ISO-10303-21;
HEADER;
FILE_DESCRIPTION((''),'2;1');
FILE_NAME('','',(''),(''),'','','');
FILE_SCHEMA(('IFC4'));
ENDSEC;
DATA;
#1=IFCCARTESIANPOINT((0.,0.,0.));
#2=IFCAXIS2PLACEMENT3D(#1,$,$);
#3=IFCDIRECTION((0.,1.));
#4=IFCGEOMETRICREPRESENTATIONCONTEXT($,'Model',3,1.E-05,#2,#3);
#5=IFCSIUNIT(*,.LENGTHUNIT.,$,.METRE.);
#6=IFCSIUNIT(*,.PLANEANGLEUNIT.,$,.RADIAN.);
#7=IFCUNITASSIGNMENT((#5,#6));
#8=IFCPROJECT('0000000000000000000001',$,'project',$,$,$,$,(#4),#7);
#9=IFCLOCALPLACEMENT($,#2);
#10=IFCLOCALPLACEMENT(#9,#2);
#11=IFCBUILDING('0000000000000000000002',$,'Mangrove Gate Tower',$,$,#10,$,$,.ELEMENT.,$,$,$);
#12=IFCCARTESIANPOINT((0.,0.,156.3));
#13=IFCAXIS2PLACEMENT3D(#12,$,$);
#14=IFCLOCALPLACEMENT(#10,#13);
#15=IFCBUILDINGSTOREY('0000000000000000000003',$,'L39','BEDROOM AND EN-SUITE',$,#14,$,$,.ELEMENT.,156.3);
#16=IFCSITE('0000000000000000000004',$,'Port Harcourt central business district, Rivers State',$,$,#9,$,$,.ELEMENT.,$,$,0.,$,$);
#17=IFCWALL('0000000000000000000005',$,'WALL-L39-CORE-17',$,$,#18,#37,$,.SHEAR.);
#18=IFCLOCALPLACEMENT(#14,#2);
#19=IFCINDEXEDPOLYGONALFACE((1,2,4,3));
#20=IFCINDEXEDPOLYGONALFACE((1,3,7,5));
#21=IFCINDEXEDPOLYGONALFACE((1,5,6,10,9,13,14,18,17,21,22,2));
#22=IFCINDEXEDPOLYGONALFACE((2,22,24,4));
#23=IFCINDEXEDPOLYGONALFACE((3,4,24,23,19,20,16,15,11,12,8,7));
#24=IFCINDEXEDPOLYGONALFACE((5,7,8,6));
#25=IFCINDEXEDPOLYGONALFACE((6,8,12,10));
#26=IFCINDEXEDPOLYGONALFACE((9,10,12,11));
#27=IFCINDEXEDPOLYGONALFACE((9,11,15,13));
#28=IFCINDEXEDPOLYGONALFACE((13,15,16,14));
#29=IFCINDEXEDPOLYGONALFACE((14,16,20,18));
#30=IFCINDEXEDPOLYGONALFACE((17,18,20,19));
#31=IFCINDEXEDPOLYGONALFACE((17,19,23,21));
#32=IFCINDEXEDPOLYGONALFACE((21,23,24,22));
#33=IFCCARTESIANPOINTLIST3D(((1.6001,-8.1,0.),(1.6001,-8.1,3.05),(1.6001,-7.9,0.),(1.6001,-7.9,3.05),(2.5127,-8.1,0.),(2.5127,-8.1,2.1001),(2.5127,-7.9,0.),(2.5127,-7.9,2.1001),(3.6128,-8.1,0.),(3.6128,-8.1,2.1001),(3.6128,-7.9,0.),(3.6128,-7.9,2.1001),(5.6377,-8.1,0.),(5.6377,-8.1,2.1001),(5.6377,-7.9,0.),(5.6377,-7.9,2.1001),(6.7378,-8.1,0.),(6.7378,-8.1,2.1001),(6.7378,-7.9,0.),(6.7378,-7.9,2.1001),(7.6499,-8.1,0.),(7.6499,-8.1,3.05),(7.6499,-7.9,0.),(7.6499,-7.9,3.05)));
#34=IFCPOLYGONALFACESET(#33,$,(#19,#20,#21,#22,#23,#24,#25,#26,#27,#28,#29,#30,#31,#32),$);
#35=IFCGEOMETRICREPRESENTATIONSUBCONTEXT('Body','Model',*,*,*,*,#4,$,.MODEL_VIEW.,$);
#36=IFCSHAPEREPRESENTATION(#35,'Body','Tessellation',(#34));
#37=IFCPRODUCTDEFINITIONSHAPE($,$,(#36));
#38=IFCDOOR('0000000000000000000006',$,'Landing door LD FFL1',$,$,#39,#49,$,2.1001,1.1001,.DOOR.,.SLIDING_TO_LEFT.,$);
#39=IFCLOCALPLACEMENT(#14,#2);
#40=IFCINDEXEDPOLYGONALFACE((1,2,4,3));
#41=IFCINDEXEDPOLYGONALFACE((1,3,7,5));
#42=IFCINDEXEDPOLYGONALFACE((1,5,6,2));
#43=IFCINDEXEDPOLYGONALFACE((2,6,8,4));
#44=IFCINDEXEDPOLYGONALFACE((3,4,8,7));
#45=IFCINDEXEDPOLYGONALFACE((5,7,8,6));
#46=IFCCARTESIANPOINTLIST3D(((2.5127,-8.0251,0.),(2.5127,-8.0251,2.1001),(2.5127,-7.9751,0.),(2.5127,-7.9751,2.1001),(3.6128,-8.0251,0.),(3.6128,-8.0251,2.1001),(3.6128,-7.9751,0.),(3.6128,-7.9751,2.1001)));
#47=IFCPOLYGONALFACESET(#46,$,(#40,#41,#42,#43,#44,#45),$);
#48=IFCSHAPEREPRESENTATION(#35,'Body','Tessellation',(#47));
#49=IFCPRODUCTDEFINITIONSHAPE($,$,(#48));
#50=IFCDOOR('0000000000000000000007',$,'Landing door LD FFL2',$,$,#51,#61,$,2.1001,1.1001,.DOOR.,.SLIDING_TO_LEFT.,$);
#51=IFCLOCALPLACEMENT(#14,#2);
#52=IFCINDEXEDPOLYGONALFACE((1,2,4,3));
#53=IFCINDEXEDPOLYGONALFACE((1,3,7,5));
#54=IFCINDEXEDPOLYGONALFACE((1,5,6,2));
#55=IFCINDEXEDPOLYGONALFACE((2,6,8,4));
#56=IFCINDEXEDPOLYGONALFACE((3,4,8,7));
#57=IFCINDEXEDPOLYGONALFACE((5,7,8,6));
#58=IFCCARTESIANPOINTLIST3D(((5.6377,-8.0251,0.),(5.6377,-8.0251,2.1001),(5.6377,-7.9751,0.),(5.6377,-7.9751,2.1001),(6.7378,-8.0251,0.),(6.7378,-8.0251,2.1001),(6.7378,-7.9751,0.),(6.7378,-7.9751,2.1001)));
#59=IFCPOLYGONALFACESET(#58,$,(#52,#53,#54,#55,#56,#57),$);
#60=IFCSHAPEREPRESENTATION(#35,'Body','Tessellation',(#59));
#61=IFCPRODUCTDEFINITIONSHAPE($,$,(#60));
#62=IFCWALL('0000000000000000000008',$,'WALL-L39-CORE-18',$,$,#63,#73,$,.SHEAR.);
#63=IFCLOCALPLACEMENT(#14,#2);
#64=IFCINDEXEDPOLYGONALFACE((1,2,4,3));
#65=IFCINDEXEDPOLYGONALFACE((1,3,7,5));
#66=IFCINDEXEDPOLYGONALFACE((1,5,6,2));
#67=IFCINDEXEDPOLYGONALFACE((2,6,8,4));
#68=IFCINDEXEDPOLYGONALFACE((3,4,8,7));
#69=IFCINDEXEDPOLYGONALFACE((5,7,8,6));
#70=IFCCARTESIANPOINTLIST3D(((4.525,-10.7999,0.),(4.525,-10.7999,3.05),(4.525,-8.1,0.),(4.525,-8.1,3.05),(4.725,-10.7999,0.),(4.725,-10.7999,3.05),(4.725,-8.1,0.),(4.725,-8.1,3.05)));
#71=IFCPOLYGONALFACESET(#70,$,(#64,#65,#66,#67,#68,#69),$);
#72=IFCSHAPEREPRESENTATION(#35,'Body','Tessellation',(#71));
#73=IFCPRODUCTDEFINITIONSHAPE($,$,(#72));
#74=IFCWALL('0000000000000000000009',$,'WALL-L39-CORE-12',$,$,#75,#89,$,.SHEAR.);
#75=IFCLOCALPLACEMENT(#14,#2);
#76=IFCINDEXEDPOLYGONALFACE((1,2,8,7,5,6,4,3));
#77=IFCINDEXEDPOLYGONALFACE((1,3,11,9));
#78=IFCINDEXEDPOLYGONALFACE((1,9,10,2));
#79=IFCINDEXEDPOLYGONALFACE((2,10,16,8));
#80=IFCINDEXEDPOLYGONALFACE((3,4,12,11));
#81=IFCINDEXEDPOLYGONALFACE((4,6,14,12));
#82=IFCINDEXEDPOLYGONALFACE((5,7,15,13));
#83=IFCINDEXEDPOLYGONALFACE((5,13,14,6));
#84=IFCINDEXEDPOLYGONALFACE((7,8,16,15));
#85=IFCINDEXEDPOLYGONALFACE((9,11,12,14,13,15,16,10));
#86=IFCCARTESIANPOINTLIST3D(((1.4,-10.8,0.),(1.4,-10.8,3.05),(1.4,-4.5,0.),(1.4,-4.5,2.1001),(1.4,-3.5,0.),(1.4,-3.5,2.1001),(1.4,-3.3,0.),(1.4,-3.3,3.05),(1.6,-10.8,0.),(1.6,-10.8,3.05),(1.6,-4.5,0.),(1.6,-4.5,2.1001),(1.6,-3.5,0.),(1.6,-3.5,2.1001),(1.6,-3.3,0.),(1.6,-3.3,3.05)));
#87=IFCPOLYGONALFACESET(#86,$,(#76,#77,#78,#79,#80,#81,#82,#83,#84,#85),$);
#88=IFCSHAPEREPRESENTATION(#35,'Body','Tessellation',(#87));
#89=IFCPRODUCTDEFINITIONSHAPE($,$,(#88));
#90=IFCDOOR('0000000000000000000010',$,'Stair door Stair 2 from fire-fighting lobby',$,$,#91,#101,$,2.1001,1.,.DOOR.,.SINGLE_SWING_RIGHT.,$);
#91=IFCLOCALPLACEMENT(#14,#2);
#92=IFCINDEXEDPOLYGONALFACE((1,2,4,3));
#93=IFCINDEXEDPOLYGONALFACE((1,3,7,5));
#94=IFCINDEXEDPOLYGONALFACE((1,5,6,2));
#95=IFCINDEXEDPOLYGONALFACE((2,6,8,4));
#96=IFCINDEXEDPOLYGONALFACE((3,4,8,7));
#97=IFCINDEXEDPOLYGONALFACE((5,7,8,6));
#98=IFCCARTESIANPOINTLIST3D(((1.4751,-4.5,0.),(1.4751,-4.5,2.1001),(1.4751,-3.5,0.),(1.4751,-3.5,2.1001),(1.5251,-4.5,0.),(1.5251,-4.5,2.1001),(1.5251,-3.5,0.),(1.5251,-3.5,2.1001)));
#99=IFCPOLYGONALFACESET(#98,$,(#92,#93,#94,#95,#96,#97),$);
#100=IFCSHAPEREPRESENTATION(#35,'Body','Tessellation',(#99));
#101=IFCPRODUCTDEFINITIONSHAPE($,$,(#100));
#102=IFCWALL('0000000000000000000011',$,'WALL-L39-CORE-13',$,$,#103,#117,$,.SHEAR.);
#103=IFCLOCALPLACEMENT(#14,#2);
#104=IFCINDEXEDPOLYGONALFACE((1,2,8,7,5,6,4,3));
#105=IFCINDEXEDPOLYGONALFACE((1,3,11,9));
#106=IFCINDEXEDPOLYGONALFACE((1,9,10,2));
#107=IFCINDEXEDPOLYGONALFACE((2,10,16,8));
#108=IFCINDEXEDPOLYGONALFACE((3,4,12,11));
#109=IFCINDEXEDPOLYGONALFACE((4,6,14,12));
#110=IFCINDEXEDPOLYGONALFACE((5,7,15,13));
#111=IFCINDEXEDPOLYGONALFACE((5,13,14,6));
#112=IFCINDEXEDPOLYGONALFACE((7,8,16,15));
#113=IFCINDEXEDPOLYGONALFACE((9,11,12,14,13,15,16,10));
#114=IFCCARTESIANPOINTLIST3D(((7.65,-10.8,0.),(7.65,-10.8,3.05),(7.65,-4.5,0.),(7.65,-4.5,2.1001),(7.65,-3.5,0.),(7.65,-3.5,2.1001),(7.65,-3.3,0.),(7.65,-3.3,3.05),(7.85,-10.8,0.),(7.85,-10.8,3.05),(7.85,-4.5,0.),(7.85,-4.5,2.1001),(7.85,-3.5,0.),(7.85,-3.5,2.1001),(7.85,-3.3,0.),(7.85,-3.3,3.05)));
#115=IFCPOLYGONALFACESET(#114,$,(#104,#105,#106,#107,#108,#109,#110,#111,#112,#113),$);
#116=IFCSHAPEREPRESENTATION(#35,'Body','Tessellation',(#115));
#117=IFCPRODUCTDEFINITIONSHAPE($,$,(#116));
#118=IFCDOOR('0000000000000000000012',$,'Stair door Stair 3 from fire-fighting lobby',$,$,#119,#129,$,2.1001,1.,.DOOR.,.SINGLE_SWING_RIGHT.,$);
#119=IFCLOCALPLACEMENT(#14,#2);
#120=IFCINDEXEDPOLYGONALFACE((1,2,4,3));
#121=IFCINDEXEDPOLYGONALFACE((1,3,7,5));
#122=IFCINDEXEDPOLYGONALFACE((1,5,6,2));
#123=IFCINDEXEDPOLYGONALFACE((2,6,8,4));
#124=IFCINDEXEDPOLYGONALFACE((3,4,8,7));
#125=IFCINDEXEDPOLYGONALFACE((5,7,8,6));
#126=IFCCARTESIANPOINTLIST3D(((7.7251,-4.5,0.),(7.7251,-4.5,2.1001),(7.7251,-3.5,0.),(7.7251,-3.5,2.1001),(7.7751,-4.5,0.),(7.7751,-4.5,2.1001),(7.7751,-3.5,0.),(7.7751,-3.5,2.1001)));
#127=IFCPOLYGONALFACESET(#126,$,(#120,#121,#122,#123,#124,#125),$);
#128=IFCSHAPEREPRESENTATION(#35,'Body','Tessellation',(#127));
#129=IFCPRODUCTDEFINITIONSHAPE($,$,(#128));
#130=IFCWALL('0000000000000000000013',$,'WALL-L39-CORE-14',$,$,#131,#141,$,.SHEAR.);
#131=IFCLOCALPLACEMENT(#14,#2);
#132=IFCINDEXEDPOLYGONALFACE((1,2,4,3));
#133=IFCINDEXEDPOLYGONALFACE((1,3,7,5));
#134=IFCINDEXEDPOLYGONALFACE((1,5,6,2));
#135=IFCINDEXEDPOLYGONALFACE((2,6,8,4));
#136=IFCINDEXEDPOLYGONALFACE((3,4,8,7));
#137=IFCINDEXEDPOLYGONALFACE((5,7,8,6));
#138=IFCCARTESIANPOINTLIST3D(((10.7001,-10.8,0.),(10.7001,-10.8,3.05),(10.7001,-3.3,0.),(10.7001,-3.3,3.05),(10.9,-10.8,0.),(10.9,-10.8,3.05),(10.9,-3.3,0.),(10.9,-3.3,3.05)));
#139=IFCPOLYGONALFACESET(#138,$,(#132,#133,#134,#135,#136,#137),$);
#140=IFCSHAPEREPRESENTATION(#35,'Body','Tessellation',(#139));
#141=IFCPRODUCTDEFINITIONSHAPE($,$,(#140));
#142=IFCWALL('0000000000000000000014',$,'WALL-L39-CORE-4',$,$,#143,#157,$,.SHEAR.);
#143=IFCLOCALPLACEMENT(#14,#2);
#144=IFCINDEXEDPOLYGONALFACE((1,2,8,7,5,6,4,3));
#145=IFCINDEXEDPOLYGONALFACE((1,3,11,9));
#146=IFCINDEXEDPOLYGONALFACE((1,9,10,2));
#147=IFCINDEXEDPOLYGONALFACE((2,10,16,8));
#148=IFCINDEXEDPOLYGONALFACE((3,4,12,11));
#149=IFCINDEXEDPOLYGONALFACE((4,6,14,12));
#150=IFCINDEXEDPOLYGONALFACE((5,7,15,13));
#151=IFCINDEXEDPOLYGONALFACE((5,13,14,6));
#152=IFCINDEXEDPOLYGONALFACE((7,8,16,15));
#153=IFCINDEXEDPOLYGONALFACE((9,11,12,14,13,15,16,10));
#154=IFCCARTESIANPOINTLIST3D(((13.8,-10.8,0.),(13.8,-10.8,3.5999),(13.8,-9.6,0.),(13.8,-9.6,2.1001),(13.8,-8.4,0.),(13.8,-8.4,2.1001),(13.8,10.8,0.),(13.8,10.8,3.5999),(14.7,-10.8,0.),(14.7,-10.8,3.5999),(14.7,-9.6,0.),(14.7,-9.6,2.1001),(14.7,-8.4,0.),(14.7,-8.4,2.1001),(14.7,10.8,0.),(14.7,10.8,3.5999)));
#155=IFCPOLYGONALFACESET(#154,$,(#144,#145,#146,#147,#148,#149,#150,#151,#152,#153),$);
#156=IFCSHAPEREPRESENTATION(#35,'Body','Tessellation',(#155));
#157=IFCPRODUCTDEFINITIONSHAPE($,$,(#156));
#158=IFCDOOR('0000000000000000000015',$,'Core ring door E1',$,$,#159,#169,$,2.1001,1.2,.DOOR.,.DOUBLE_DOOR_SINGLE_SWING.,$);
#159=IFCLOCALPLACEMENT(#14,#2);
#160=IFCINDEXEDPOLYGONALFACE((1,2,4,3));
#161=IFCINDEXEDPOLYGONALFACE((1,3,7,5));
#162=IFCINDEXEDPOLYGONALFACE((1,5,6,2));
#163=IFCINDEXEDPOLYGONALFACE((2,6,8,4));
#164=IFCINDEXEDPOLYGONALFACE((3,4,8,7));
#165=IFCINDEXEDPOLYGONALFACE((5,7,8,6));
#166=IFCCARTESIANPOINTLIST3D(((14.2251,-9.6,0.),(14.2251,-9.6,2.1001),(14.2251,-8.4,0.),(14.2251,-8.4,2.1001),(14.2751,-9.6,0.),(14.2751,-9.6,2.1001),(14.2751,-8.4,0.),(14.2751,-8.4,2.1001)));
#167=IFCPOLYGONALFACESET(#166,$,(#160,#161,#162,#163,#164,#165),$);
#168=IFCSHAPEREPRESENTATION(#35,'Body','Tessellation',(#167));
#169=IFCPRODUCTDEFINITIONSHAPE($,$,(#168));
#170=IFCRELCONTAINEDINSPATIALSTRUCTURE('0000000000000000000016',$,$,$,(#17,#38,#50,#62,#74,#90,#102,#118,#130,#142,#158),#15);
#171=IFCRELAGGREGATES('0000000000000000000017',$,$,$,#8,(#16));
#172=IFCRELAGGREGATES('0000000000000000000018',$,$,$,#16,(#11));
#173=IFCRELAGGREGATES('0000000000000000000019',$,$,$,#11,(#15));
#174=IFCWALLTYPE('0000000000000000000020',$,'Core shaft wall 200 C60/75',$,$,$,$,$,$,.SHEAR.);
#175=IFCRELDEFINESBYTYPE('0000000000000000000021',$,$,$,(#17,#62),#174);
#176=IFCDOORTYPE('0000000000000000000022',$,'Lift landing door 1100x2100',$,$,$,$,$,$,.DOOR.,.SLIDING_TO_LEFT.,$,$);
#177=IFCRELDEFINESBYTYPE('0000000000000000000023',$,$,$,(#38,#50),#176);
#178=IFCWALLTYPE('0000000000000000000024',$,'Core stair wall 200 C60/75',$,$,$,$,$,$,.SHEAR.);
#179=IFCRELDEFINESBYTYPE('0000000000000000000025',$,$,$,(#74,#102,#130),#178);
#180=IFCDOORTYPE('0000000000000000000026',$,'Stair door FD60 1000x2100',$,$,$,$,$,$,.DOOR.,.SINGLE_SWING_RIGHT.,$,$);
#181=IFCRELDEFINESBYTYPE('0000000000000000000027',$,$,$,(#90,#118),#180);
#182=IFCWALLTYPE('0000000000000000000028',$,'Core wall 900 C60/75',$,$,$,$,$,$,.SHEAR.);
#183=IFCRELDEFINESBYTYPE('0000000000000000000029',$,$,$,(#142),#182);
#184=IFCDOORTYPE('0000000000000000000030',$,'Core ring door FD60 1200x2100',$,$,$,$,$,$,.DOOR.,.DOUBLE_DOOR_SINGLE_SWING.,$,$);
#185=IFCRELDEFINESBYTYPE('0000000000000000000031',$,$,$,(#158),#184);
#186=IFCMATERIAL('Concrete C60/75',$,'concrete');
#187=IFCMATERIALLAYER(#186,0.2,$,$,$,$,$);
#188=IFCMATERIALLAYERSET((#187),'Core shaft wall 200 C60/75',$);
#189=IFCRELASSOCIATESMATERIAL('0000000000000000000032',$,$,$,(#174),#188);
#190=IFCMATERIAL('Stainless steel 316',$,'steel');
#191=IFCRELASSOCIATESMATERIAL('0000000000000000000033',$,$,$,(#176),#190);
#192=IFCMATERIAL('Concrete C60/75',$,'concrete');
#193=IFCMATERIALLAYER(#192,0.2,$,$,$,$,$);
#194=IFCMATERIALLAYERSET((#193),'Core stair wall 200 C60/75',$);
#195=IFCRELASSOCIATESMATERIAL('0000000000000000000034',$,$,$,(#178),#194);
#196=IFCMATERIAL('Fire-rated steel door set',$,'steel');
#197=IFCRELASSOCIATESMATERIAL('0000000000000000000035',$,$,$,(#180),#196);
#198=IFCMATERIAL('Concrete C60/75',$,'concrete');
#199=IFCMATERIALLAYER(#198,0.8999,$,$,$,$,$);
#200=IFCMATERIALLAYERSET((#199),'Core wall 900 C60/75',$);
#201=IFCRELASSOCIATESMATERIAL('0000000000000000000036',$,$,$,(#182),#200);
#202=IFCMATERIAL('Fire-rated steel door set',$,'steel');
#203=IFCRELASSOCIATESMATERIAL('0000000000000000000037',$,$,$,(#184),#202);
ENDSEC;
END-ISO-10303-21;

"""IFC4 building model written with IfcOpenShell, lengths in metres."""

from ifc_helpers import new_model, si_unit, direction, frame, frame_2d, origin, place, context, subcontext, project, spatial, rectangle, extrude, material, layer, layer_set, type_object, element, fill, save


model = new_model("IFC4")

# Units and contexts
model_context = context("Model", 3, precision=1e-05, world=origin(), true_north=direction((0.0, 1.0)))
body_context = subcontext(model_context, "Body", "Model", "MODEL_VIEW")
ifc_project = project(units=[si_unit("LENGTHUNIT", "METRE"), si_unit("PLANEANGLEUNIT", "RADIAN")], contexts=[model_context])

# Site, building, storey
site_placement = place(None, origin())
site = spatial("IfcSite", under=ifc_project, at=site_placement, Name="Port Harcourt central business district, Rivers State", CompositionType="ELEMENT", RefElevation=0.0)
building_placement = place(site_placement, origin())
building = spatial("IfcBuilding", under=site, at=building_placement, Name="Mangrove Gate Tower", CompositionType="ELEMENT")
storey_placement = place(building_placement, frame((0.0, 0.0, 156.3)))
storey = spatial("IfcBuildingStorey", under=building, at=storey_placement, Name="L39", Description="BEDROOM AND EN-SUITE", CompositionType="ELEMENT", Elevation=156.3)

# Wall, openings, doors
ifc_material_1 = material(Name="Concrete C60/75", Category="concrete")
ifc_layer_1 = layer(ifc_material_1, 0.2)
ifc_layer_set_1 = layer_set([ifc_layer_1], Name="Core shaft wall 200 C60/75")
wall_type_1 = type_object("IfcWallType", Name="Core shaft wall 200 C60/75", PredefinedType="SHEAR", material=ifc_layer_set_1)
wall_1_placement = place(storey_placement, frame((1.6001, -8.0, 0.0), z_axis=(0.0, 0.0, 1.0), x_axis=(1.0, 0.0, 0.0)))
wall_1 = element("IfcWall", 1, at=wall_1_placement, inside=storey, type_object=wall_type_1, Name="WALL-L39-CORE-17", PredefinedType="SHEAR", context=body_context, shape_type="SweptSolid", body=[
    extrude(rectangle(XDim=6.0498, YDim=0.2, at=frame_2d((3.0249, 0.0))), origin(), (0.0, 0.0, 1.0), 3.05),
])
opening_1_placement = place(wall_1_placement, frame((0.9126, 0.0, 0.0)))
opening_1 = element("IfcOpeningElement", 2, at=opening_1_placement, cuts=wall_1, PredefinedType="OPENING", context=body_context, shape_type="SweptSolid", body=[
    extrude(rectangle(XDim=1.1001, YDim=2.1001, at=frame_2d((0.55, 1.05))), frame((0.0, 0.1099, 0.0), z_axis=(0.0, -1.0, 0.0), x_axis=(1.0, 0.0, 0.0)), (0.0, 0.0, 1.0), 0.22),
])
opening_2_placement = place(wall_1_placement, frame((4.0376, 0.0, 0.0)))
opening_2 = element("IfcOpeningElement", 3, at=opening_2_placement, cuts=wall_1, PredefinedType="OPENING", context=body_context, shape_type="SweptSolid", body=[
    extrude(rectangle(XDim=1.1001, YDim=2.1001, at=frame_2d((0.55, 1.05))), frame((0.0, 0.1099, 0.0), z_axis=(0.0, -1.0, 0.0), x_axis=(1.0, 0.0, 0.0)), (0.0, 0.0, 1.0), 0.22),
])
ifc_material_2 = material(Name="Stainless steel 316", Category="steel")
door_type_1 = type_object("IfcDoorType", Name="Lift landing door 1100x2100", OperationType="SLIDING_TO_LEFT", PredefinedType="DOOR", material=ifc_material_2)
door_1_placement = place(opening_1_placement, origin())
door_1 = element("IfcDoor", 4, at=door_1_placement, inside=storey, type_object=door_type_1, Name="Landing door LD FFL1", OperationType="SLIDING_TO_LEFT", OverallHeight=2.1001, OverallWidth=1.1001, PredefinedType="DOOR", context=body_context, shape_type="SweptSolid", body=[
    extrude(rectangle(XDim=1.1001, YDim=2.1001, at=frame_2d((0.55, 1.05))), frame((0.0, 0.0249, 0.0), z_axis=(0.0, -1.0, 0.0), x_axis=(1.0, 0.0, 0.0)), (0.0, 0.0, 1.0), 0.05),
])
fill(opening_1, door_1)
door_2_placement = place(opening_2_placement, origin())
door_2 = element("IfcDoor", 5, at=door_2_placement, inside=storey, type_object=door_type_1, Name="Landing door LD FFL2", OperationType="SLIDING_TO_LEFT", OverallHeight=2.1001, OverallWidth=1.1001, PredefinedType="DOOR", context=body_context, shape_type="SweptSolid", body=[
    extrude(rectangle(XDim=1.1001, YDim=2.1001, at=frame_2d((0.55, 1.05))), frame((0.0, 0.0249, 0.0), z_axis=(0.0, -1.0, 0.0), x_axis=(1.0, 0.0, 0.0)), (0.0, 0.0, 1.0), 0.05),
])
fill(opening_2, door_2)

# Wall
wall_2_placement = place(storey_placement, frame((4.625, -10.8, 0.0), z_axis=(0.0, 0.0, 1.0), x_axis=(0.0, 1.0, 0.0)))
element("IfcWall", 6, at=wall_2_placement, inside=storey, type_object=wall_type_1, Name="WALL-L39-CORE-18", PredefinedType="SHEAR", context=body_context, shape_type="SweptSolid", body=[
    extrude(rectangle(XDim=2.7, YDim=0.2, at=frame_2d((1.3501, 0.0))), origin(), (0.0, 0.0, 1.0), 3.05),
])

# Walls, openings, doors
ifc_material_3 = material(Name="Concrete C60/75", Category="concrete")
ifc_layer_2 = layer(ifc_material_3, 0.2)
ifc_layer_set_2 = layer_set([ifc_layer_2], Name="Core stair wall 200 C60/75")
wall_type_2 = type_object("IfcWallType", Name="Core stair wall 200 C60/75", PredefinedType="SHEAR", material=ifc_layer_set_2)
wall_3_placement = place(storey_placement, frame((1.5, -10.8, 0.0), z_axis=(0.0, 0.0, 1.0), x_axis=(0.0, 1.0, 0.0)))
wall_3 = element("IfcWall", 7, at=wall_3_placement, inside=storey, type_object=wall_type_2, Name="WALL-L39-CORE-12", PredefinedType="SHEAR", context=body_context, shape_type="SweptSolid", body=[
    extrude(rectangle(XDim=7.5, YDim=0.2, at=frame_2d((3.75, 0.0))), origin(), (0.0, 0.0, 1.0), 3.05),
])
opening_3_placement = place(wall_3_placement, frame((6.3, 0.0, 0.0)))
opening_3 = element("IfcOpeningElement", 8, at=opening_3_placement, cuts=wall_3, PredefinedType="OPENING", context=body_context, shape_type="SweptSolid", body=[
    extrude(rectangle(XDim=1.0, YDim=2.1001, at=frame_2d((0.5, 1.05))), frame((0.0, 0.1099, 0.0), z_axis=(0.0, -1.0, 0.0), x_axis=(1.0, 0.0, 0.0)), (0.0, 0.0, 1.0), 0.22),
])
ifc_material_4 = material(Name="Fire-rated steel door set", Category="steel")
door_type_2 = type_object("IfcDoorType", Name="Stair door FD60 1000x2100", OperationType="SINGLE_SWING_RIGHT", PredefinedType="DOOR", material=ifc_material_4)
door_3_placement = place(opening_3_placement, origin())
door_3 = element("IfcDoor", 9, at=door_3_placement, inside=storey, type_object=door_type_2, Name="Stair door Stair 2 from fire-fighting lobby", OperationType="SINGLE_SWING_RIGHT", OverallHeight=2.1001, OverallWidth=1.0, PredefinedType="DOOR", context=body_context, shape_type="SweptSolid", body=[
    extrude(rectangle(XDim=1.0, YDim=2.1001, at=frame_2d((0.5, 1.05))), frame((0.0, 0.0249, 0.0), z_axis=(0.0, -1.0, 0.0), x_axis=(1.0, 0.0, 0.0)), (0.0, 0.0, 1.0), 0.05),
])
fill(opening_3, door_3)
wall_4_placement = place(storey_placement, frame((7.75, -10.8, 0.0), z_axis=(0.0, 0.0, 1.0), x_axis=(0.0, 1.0, 0.0)))
wall_4 = element("IfcWall", 10, at=wall_4_placement, inside=storey, type_object=wall_type_2, Name="WALL-L39-CORE-13", PredefinedType="SHEAR", context=body_context, shape_type="SweptSolid", body=[
    extrude(rectangle(XDim=7.5, YDim=0.2, at=frame_2d((3.75, 0.0))), origin(), (0.0, 0.0, 1.0), 3.05),
])
opening_4_placement = place(wall_4_placement, frame((6.3, 0.0, 0.0)))
opening_4 = element("IfcOpeningElement", 11, at=opening_4_placement, cuts=wall_4, PredefinedType="OPENING", context=body_context, shape_type="SweptSolid", body=[
    extrude(rectangle(XDim=1.0, YDim=2.1001, at=frame_2d((0.5, 1.05))), frame((0.0, 0.1099, 0.0), z_axis=(0.0, -1.0, 0.0), x_axis=(1.0, 0.0, 0.0)), (0.0, 0.0, 1.0), 0.22),
])
door_4_placement = place(opening_4_placement, origin())
door_4 = element("IfcDoor", 12, at=door_4_placement, inside=storey, type_object=door_type_2, Name="Stair door Stair 3 from fire-fighting lobby", OperationType="SINGLE_SWING_RIGHT", OverallHeight=2.1001, OverallWidth=1.0, PredefinedType="DOOR", context=body_context, shape_type="SweptSolid", body=[
    extrude(rectangle(XDim=1.0, YDim=2.1001, at=frame_2d((0.5, 1.05))), frame((0.0, 0.0249, 0.0), z_axis=(0.0, -1.0, 0.0), x_axis=(1.0, 0.0, 0.0)), (0.0, 0.0, 1.0), 0.05),
])
fill(opening_4, door_4)

# Wall
wall_5_placement = place(storey_placement, frame((10.8, -10.8, 0.0), z_axis=(0.0, 0.0, 1.0), x_axis=(0.0, 1.0, 0.0)))
element("IfcWall", 13, at=wall_5_placement, inside=storey, type_object=wall_type_2, Name="WALL-L39-CORE-14", PredefinedType="SHEAR", context=body_context, shape_type="SweptSolid", body=[
    extrude(rectangle(XDim=7.5, YDim=0.2, at=frame_2d((3.75, 0.0))), origin(), (0.0, 0.0, 1.0), 3.05),
])

# Wall, opening, door
ifc_material_5 = material(Name="Concrete C60/75", Category="concrete")
ifc_layer_3 = layer(ifc_material_5, 0.8999)
ifc_layer_set_3 = layer_set([ifc_layer_3], Name="Core wall 900 C60/75")
wall_type_3 = type_object("IfcWallType", Name="Core wall 900 C60/75", PredefinedType="SHEAR", material=ifc_layer_set_3)
wall_6_placement = place(storey_placement, frame((14.25, -10.8, 0.0), z_axis=(0.0, 0.0, 1.0), x_axis=(0.0, 1.0, 0.0)))
wall_6 = element("IfcWall", 14, at=wall_6_placement, inside=storey, type_object=wall_type_3, Name="WALL-L39-CORE-4", PredefinedType="SHEAR", context=body_context, shape_type="SweptSolid", body=[
    extrude(rectangle(XDim=21.6001, YDim=0.8999, at=frame_2d((10.8, 0.0))), origin(), (0.0, 0.0, 1.0), 3.5999),
])
opening_5_placement = place(wall_6_placement, frame((1.2, 0.0, 0.0)))
opening_5 = element("IfcOpeningElement", 15, at=opening_5_placement, cuts=wall_6, PredefinedType="OPENING", context=body_context, shape_type="SweptSolid", body=[
    extrude(rectangle(XDim=1.2, YDim=2.1001, at=frame_2d((0.6001, 1.05))), frame((0.0, 0.46, 0.0), z_axis=(0.0, -1.0, 0.0), x_axis=(1.0, 0.0, 0.0)), (0.0, 0.0, 1.0), 0.9199),
])
ifc_material_6 = material(Name="Fire-rated steel door set", Category="steel")
door_type_3 = type_object("IfcDoorType", Name="Core ring door FD60 1200x2100", OperationType="DOUBLE_DOOR_SINGLE_SWING", PredefinedType="DOOR", material=ifc_material_6)
door_5_placement = place(opening_5_placement, origin())
door_5 = element("IfcDoor", 16, at=door_5_placement, inside=storey, type_object=door_type_3, Name="Core ring door E1", OperationType="DOUBLE_DOOR_SINGLE_SWING", OverallHeight=2.1001, OverallWidth=1.2, PredefinedType="DOOR", context=body_context, shape_type="SweptSolid", body=[
    extrude(rectangle(XDim=1.2, YDim=2.1001, at=frame_2d((0.6001, 1.05))), frame((0.0, 0.0249, 0.0), z_axis=(0.0, -1.0, 0.0), x_axis=(1.0, 0.0, 0.0)), (0.0, 0.0, 1.0), 0.05),
])
fill(opening_5, door_5)

save(model, "model.ifc")
